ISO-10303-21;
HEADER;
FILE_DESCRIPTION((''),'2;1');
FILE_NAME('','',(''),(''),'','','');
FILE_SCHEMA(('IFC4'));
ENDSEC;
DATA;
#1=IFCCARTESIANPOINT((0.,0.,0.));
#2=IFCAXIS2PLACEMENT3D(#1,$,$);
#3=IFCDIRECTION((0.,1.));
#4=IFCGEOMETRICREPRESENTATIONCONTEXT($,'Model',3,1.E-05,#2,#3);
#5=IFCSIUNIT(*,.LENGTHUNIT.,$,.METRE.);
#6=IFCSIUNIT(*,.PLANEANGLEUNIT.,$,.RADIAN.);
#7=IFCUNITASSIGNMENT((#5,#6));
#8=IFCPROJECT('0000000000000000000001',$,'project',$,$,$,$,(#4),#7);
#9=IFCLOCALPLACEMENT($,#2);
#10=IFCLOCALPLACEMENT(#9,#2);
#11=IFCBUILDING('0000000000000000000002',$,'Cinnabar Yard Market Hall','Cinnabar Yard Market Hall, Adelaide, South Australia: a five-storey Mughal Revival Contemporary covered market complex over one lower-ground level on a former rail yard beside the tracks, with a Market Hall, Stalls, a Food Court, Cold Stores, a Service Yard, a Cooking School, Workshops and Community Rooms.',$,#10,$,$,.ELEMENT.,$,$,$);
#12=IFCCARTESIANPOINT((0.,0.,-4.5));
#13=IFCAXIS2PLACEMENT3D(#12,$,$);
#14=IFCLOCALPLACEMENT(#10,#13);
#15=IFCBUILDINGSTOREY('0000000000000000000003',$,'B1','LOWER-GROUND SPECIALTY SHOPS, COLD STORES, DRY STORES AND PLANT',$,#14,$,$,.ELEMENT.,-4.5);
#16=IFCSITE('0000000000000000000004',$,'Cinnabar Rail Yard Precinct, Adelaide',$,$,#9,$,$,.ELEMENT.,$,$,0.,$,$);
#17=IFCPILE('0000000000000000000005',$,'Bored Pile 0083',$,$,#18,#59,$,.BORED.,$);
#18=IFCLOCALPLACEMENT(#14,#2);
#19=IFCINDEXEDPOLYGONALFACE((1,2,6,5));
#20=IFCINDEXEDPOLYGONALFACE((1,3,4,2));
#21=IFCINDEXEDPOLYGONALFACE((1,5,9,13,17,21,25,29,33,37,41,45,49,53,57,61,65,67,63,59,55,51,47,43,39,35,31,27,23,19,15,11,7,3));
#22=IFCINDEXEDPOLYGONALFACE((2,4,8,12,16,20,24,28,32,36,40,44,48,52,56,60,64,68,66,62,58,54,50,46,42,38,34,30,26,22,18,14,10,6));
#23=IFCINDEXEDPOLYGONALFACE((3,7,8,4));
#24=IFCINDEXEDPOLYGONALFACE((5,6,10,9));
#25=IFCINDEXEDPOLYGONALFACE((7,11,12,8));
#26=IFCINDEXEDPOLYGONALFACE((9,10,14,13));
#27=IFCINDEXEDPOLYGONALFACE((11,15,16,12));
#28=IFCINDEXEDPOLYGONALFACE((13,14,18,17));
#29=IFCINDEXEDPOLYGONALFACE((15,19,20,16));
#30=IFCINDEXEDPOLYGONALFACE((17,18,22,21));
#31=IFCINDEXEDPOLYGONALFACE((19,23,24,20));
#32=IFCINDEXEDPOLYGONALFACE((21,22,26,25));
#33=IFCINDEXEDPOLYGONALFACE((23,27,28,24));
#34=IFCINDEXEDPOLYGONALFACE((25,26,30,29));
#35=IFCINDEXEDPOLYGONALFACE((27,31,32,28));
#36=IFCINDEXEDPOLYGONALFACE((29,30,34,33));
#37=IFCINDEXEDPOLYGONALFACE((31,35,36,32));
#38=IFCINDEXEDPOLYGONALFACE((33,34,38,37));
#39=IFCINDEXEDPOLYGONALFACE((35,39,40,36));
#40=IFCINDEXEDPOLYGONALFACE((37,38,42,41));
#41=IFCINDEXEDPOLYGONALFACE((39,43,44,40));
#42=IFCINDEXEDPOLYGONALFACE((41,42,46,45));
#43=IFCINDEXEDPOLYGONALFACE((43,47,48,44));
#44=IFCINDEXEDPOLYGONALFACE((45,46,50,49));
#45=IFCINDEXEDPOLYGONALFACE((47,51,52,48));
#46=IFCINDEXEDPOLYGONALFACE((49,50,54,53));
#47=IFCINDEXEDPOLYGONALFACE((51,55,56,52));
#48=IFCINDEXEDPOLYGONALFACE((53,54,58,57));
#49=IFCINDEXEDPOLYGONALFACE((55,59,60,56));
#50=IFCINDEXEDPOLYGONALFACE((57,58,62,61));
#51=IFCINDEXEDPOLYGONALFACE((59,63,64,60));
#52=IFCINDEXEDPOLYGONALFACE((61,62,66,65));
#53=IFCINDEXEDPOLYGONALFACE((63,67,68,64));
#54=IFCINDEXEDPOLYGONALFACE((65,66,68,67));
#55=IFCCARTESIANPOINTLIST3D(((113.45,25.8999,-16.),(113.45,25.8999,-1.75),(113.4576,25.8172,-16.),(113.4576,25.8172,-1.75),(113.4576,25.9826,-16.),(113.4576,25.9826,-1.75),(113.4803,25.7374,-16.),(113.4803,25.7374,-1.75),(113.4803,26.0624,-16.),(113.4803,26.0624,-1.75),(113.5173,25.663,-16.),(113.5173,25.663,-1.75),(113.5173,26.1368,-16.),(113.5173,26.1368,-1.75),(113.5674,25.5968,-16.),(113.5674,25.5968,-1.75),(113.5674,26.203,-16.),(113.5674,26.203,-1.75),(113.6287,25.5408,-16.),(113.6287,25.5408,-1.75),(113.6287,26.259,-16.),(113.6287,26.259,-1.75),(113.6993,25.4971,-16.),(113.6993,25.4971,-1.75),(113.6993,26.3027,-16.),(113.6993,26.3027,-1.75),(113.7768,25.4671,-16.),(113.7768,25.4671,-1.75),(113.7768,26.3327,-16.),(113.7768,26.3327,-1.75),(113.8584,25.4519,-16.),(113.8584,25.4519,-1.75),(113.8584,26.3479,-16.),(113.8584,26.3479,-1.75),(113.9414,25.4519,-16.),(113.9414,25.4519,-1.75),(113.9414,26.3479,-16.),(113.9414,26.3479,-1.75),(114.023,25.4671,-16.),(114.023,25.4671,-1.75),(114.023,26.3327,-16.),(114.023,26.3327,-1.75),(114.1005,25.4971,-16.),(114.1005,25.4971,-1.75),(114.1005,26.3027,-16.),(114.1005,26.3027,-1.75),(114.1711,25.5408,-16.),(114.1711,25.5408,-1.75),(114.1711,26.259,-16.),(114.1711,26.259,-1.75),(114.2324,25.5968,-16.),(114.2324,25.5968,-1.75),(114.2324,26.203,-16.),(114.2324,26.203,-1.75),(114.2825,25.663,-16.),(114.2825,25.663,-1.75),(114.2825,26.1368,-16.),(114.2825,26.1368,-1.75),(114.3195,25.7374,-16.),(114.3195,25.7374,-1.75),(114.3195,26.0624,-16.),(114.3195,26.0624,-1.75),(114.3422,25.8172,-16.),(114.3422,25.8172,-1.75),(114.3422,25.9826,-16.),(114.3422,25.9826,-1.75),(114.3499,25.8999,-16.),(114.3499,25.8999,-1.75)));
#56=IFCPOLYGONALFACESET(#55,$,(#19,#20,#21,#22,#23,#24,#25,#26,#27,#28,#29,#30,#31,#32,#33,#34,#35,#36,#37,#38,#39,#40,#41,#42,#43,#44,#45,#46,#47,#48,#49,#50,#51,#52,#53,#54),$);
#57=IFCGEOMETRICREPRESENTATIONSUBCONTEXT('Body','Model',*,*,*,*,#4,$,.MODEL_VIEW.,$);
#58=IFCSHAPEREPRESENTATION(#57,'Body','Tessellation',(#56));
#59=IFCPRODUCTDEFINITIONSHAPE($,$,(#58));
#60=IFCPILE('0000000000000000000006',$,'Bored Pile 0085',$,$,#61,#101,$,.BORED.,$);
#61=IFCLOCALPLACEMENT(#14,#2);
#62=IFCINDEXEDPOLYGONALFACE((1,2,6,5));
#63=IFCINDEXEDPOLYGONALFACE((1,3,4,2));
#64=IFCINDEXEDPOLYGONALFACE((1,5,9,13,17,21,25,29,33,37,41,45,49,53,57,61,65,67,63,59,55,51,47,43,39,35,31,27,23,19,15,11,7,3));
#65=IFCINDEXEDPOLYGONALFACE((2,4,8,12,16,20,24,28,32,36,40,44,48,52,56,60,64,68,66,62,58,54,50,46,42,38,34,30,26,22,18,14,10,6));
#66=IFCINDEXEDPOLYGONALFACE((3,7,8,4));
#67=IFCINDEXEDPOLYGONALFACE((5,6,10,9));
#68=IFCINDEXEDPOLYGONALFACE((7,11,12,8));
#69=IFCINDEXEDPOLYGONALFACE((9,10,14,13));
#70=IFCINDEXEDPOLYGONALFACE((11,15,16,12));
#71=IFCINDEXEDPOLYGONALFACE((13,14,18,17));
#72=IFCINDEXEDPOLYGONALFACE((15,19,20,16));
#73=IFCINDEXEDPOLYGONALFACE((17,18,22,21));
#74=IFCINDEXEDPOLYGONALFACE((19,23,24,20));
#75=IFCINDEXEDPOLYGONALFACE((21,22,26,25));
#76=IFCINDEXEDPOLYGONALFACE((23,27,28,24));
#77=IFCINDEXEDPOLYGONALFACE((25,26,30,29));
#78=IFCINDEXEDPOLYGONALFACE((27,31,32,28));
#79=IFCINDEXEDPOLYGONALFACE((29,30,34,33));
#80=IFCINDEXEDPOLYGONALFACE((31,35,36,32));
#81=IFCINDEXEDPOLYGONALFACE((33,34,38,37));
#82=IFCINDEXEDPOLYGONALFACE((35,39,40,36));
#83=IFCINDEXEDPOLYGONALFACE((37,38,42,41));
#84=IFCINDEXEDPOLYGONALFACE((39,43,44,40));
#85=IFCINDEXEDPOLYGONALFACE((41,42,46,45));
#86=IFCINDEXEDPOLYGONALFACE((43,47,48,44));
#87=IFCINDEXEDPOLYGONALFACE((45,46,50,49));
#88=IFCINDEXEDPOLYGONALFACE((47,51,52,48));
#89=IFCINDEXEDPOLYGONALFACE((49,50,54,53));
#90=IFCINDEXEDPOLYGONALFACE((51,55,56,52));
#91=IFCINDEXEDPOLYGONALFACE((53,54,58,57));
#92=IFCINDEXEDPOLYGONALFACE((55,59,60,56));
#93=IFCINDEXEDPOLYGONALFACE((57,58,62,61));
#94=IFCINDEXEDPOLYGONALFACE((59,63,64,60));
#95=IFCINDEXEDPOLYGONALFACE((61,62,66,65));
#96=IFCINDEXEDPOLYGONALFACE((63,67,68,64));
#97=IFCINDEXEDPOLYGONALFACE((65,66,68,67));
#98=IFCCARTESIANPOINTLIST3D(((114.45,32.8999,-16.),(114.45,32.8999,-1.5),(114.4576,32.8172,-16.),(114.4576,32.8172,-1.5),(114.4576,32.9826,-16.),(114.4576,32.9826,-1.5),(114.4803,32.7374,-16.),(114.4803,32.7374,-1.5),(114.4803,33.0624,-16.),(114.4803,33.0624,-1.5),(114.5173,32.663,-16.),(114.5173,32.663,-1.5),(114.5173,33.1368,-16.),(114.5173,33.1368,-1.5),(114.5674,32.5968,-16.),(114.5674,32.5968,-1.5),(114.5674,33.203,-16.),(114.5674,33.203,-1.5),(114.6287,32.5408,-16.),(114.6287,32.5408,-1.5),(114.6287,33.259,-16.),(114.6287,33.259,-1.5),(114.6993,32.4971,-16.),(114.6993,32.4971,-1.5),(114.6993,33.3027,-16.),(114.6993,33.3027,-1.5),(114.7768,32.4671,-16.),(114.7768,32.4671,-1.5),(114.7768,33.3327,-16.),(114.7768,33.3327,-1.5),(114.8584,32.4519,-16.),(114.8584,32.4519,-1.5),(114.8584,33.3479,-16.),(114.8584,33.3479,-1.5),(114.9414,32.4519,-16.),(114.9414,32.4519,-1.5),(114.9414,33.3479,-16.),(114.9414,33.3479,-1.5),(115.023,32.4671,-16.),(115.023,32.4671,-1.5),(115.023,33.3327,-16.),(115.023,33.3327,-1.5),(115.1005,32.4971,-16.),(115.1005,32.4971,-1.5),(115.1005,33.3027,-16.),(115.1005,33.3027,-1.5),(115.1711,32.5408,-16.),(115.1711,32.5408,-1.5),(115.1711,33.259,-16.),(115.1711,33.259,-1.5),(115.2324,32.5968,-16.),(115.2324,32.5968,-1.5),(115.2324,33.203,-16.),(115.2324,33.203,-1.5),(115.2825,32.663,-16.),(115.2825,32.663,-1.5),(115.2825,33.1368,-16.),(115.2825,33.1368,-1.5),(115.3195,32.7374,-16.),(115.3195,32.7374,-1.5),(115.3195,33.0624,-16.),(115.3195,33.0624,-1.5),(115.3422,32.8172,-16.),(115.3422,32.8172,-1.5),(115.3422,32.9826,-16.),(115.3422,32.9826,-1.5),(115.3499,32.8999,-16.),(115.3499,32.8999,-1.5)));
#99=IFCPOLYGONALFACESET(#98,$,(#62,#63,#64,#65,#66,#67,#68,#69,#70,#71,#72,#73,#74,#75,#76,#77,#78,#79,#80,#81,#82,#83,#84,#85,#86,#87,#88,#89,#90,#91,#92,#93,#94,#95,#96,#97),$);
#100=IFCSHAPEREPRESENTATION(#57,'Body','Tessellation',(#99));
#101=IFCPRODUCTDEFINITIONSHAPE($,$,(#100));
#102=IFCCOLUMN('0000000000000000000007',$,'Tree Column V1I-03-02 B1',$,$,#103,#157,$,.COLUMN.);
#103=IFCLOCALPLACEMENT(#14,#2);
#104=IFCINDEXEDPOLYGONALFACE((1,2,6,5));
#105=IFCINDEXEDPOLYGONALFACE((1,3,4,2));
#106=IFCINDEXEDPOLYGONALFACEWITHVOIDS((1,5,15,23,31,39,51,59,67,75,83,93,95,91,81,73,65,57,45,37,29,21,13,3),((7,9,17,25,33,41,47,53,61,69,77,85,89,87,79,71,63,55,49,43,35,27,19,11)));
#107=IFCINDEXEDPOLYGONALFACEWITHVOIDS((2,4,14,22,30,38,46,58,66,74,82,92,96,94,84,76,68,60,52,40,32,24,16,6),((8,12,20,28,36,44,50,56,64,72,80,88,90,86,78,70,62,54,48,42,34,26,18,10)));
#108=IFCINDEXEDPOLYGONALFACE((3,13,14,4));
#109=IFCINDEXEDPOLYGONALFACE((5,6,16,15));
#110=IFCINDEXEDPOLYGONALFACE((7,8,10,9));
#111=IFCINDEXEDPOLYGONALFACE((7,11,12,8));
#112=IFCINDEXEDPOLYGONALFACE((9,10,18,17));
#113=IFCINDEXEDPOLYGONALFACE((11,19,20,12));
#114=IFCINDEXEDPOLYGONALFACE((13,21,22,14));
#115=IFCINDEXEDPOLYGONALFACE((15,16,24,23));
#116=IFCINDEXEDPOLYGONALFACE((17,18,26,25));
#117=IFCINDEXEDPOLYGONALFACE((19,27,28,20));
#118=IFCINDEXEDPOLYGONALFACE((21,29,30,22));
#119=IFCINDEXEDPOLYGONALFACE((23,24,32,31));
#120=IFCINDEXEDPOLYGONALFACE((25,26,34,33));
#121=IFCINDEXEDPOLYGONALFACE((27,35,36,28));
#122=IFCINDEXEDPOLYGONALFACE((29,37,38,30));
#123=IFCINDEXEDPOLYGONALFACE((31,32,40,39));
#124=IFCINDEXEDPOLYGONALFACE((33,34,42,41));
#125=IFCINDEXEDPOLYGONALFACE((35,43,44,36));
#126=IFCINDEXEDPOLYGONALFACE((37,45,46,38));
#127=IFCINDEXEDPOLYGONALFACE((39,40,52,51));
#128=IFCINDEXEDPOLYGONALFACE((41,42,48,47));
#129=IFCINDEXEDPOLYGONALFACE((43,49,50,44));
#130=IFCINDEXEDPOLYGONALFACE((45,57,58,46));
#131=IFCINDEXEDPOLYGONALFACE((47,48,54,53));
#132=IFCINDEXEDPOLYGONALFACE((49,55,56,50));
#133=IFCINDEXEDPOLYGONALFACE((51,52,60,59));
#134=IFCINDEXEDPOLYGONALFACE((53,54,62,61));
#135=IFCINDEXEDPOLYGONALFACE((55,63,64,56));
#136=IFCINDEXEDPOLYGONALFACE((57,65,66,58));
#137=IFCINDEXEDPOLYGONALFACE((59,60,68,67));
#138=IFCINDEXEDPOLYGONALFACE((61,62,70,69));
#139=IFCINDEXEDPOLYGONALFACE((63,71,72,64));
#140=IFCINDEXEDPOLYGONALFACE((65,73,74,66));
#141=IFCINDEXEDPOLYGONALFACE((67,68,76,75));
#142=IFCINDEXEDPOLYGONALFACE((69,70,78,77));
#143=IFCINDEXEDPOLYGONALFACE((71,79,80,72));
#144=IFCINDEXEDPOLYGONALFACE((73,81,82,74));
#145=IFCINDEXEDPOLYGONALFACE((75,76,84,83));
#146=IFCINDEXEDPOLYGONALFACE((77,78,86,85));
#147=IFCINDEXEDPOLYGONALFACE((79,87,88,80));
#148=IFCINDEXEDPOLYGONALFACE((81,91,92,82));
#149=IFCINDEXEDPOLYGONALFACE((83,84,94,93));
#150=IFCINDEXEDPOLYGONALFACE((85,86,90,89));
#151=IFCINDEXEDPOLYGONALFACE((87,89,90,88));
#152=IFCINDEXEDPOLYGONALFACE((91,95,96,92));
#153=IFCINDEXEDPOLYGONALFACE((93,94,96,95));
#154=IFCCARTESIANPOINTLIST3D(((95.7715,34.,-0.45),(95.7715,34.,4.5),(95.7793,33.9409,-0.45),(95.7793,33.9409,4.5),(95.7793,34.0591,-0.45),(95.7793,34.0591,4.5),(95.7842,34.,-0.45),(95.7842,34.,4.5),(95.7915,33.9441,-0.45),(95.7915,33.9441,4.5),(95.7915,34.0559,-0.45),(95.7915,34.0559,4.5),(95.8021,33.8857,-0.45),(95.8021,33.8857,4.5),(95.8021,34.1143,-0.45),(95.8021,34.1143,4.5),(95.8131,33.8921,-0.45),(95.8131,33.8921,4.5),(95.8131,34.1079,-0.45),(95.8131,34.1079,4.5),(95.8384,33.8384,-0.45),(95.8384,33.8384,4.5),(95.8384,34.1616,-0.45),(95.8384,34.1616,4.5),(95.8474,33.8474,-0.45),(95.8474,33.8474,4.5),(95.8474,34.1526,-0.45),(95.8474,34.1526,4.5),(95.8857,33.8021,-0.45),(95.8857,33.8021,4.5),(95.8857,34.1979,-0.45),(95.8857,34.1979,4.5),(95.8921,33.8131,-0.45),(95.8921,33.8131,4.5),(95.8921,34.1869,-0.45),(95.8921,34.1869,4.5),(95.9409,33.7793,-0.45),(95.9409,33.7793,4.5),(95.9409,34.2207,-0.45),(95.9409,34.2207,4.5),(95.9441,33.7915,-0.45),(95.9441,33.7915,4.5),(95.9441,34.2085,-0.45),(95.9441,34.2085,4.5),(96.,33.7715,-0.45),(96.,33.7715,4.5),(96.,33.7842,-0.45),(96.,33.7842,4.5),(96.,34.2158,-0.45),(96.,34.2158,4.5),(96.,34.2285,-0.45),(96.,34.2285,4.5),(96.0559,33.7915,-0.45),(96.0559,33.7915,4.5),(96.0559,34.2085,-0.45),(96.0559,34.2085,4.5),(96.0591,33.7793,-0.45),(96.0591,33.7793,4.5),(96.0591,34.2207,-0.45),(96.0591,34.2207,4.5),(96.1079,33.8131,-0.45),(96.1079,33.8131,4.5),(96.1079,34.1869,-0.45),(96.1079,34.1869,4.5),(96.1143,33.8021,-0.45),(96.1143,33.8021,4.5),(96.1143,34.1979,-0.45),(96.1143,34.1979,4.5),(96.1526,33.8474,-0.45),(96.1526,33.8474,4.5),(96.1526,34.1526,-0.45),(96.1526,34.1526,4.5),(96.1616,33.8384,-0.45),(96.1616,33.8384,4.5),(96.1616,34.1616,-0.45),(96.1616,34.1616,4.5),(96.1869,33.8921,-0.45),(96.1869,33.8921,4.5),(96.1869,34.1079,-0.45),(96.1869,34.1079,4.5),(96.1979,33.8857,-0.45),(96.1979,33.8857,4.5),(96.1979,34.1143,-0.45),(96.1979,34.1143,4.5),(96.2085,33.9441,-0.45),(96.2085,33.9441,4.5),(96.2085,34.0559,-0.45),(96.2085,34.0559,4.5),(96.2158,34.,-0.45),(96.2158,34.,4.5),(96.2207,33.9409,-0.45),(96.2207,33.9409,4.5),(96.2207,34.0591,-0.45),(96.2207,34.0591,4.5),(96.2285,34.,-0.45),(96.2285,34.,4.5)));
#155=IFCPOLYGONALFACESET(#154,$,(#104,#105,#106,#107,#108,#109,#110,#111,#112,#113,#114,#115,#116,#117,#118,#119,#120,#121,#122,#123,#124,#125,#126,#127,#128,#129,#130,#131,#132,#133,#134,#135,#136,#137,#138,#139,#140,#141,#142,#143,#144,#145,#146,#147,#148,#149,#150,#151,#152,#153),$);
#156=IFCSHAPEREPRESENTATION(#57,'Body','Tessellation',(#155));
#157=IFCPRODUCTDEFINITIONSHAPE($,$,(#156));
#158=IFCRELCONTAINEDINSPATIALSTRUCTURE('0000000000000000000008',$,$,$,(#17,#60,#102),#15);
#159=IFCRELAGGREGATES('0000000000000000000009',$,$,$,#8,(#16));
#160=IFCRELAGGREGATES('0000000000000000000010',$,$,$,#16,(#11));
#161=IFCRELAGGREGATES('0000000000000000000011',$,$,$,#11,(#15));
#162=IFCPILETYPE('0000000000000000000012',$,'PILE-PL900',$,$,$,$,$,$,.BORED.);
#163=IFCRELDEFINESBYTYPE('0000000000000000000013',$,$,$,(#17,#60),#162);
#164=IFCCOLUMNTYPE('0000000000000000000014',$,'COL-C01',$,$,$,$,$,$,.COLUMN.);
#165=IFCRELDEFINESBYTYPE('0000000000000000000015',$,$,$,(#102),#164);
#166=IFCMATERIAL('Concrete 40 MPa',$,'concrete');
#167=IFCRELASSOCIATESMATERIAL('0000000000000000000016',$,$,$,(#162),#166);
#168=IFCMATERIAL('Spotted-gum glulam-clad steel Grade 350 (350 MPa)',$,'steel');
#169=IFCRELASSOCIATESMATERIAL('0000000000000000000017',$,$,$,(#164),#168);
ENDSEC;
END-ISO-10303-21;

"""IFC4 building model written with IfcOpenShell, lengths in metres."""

from ifc_helpers import new_model, si_unit, direction, frame, origin, origin_2d_with_axis, place, context, subcontext, project, spatial, circle, hollow_circle, extrude, material, material_profile, profile_set, type_object, element, save


model = new_model("IFC4")

# Units and contexts
model_context = context("Model", 3, precision=1e-05, world=origin(), true_north=direction((0.0, 1.0)))
body_context = subcontext(model_context, "Body", "Model", "MODEL_VIEW")
ifc_project = project(units=[si_unit("LENGTHUNIT", "METRE"), si_unit("PLANEANGLEUNIT", "RADIAN")], contexts=[model_context])

# Site, building, storey
site_placement = place(None, origin())
site = spatial("IfcSite", under=ifc_project, at=site_placement, Name="Cinnabar Rail Yard Precinct, Adelaide", CompositionType="ELEMENT", RefElevation=0.0)
building_placement = place(site_placement, origin())
building = spatial("IfcBuilding", under=site, at=building_placement, Name="Cinnabar Yard Market Hall", Description="Cinnabar Yard Market Hall, Adelaide, South Australia: a five-storey Mughal Revival Contemporary covered market complex over one lower-ground level on a former rail yard beside the tracks, with a Market Hall, Stalls, a Food Court, Cold Stores, a Service Yard, a Cooking School, Workshops and Community Rooms.", CompositionType="ELEMENT")
storey_placement = place(building_placement, frame((0.0, 0.0, -4.5)))
storey = spatial("IfcBuildingStorey", under=building, at=storey_placement, Name="B1", Description="LOWER-GROUND SPECIALTY SHOPS, COLD STORES, DRY STORES AND PLANT", CompositionType="ELEMENT", Elevation=-4.5)

# Shared definitions
ifc_material_1 = material(Name="Concrete 40 MPa", Category="concrete")

# Piles
ifc_material_profile_1 = material_profile(ifc_material_1, circle(Radius=0.45, at=origin_2d_with_axis()), Name="PILE-D900")
ifc_profile_set_1 = profile_set([ifc_material_profile_1], Name="Concrete 40 MPa")
pile_type = type_object("IfcPileType", Name="PILE-PL900", PredefinedType="BORED", material=ifc_profile_set_1)
pile_1_placement = place(storey_placement, frame((113.8999, 25.8999, -1.75), z_axis=(0.0, 0.0, -1.0), x_axis=(1.0, 0.0, 0.0)))
element("IfcPile", 1, at=pile_1_placement, inside=storey, type_object=pile_type, Name="Bored Pile 0083", PredefinedType="BORED", context=body_context, shape_type="SweptSolid", body=[
    extrude(circle(Radius=0.45, at=origin_2d_with_axis()), origin(), (0.0, 0.0, 1.0), 14.25),
])
pile_2_placement = place(storey_placement, frame((114.8999, 32.8999, -1.5), z_axis=(0.0, 0.0, -1.0), x_axis=(1.0, 0.0, 0.0)))
element("IfcPile", 2, at=pile_2_placement, inside=storey, type_object=pile_type, Name="Bored Pile 0085", PredefinedType="BORED", context=body_context, shape_type="SweptSolid", body=[
    extrude(circle(Radius=0.45, at=origin_2d_with_axis()), origin(), (0.0, 0.0, 1.0), 14.5),
])

# Column
ifc_material_2 = material(Name="Spotted-gum glulam-clad steel Grade 350 (350 MPa)", Category="steel")
ifc_material_profile_2 = material_profile(ifc_material_2, hollow_circle(Radius=0.2285, WallThickness=0.0127, at=origin_2d_with_axis()), Name="457.0x12.7CHS")
ifc_profile_set_2 = profile_set([ifc_material_profile_2], Name="Spotted-gum glulam-clad steel Grade 350 (350 MPa)")
column_type = type_object("IfcColumnType", Name="COL-C01", PredefinedType="COLUMN", material=ifc_profile_set_2)
for number, where, z_axis, x_axis, name in (
    (3, (96.0, 34.0, -0.45), (0.0, 0.0, 1.0), (1.0, 0.0, 0.0), "Tree Column V1I-03-02 B1"),
):
    element("IfcColumn", number, at=place(storey_placement, frame(where, z_axis=z_axis, x_axis=x_axis)), inside=storey, type_object=column_type, Name=name, PredefinedType="COLUMN", context=body_context, shape_type="SweptSolid", body=[
        extrude(hollow_circle(Radius=0.2285, WallThickness=0.0127, at=origin_2d_with_axis()), origin(), (0.0, 0.0, 1.0), 4.95),
    ])

save(model, "model.ifc")
